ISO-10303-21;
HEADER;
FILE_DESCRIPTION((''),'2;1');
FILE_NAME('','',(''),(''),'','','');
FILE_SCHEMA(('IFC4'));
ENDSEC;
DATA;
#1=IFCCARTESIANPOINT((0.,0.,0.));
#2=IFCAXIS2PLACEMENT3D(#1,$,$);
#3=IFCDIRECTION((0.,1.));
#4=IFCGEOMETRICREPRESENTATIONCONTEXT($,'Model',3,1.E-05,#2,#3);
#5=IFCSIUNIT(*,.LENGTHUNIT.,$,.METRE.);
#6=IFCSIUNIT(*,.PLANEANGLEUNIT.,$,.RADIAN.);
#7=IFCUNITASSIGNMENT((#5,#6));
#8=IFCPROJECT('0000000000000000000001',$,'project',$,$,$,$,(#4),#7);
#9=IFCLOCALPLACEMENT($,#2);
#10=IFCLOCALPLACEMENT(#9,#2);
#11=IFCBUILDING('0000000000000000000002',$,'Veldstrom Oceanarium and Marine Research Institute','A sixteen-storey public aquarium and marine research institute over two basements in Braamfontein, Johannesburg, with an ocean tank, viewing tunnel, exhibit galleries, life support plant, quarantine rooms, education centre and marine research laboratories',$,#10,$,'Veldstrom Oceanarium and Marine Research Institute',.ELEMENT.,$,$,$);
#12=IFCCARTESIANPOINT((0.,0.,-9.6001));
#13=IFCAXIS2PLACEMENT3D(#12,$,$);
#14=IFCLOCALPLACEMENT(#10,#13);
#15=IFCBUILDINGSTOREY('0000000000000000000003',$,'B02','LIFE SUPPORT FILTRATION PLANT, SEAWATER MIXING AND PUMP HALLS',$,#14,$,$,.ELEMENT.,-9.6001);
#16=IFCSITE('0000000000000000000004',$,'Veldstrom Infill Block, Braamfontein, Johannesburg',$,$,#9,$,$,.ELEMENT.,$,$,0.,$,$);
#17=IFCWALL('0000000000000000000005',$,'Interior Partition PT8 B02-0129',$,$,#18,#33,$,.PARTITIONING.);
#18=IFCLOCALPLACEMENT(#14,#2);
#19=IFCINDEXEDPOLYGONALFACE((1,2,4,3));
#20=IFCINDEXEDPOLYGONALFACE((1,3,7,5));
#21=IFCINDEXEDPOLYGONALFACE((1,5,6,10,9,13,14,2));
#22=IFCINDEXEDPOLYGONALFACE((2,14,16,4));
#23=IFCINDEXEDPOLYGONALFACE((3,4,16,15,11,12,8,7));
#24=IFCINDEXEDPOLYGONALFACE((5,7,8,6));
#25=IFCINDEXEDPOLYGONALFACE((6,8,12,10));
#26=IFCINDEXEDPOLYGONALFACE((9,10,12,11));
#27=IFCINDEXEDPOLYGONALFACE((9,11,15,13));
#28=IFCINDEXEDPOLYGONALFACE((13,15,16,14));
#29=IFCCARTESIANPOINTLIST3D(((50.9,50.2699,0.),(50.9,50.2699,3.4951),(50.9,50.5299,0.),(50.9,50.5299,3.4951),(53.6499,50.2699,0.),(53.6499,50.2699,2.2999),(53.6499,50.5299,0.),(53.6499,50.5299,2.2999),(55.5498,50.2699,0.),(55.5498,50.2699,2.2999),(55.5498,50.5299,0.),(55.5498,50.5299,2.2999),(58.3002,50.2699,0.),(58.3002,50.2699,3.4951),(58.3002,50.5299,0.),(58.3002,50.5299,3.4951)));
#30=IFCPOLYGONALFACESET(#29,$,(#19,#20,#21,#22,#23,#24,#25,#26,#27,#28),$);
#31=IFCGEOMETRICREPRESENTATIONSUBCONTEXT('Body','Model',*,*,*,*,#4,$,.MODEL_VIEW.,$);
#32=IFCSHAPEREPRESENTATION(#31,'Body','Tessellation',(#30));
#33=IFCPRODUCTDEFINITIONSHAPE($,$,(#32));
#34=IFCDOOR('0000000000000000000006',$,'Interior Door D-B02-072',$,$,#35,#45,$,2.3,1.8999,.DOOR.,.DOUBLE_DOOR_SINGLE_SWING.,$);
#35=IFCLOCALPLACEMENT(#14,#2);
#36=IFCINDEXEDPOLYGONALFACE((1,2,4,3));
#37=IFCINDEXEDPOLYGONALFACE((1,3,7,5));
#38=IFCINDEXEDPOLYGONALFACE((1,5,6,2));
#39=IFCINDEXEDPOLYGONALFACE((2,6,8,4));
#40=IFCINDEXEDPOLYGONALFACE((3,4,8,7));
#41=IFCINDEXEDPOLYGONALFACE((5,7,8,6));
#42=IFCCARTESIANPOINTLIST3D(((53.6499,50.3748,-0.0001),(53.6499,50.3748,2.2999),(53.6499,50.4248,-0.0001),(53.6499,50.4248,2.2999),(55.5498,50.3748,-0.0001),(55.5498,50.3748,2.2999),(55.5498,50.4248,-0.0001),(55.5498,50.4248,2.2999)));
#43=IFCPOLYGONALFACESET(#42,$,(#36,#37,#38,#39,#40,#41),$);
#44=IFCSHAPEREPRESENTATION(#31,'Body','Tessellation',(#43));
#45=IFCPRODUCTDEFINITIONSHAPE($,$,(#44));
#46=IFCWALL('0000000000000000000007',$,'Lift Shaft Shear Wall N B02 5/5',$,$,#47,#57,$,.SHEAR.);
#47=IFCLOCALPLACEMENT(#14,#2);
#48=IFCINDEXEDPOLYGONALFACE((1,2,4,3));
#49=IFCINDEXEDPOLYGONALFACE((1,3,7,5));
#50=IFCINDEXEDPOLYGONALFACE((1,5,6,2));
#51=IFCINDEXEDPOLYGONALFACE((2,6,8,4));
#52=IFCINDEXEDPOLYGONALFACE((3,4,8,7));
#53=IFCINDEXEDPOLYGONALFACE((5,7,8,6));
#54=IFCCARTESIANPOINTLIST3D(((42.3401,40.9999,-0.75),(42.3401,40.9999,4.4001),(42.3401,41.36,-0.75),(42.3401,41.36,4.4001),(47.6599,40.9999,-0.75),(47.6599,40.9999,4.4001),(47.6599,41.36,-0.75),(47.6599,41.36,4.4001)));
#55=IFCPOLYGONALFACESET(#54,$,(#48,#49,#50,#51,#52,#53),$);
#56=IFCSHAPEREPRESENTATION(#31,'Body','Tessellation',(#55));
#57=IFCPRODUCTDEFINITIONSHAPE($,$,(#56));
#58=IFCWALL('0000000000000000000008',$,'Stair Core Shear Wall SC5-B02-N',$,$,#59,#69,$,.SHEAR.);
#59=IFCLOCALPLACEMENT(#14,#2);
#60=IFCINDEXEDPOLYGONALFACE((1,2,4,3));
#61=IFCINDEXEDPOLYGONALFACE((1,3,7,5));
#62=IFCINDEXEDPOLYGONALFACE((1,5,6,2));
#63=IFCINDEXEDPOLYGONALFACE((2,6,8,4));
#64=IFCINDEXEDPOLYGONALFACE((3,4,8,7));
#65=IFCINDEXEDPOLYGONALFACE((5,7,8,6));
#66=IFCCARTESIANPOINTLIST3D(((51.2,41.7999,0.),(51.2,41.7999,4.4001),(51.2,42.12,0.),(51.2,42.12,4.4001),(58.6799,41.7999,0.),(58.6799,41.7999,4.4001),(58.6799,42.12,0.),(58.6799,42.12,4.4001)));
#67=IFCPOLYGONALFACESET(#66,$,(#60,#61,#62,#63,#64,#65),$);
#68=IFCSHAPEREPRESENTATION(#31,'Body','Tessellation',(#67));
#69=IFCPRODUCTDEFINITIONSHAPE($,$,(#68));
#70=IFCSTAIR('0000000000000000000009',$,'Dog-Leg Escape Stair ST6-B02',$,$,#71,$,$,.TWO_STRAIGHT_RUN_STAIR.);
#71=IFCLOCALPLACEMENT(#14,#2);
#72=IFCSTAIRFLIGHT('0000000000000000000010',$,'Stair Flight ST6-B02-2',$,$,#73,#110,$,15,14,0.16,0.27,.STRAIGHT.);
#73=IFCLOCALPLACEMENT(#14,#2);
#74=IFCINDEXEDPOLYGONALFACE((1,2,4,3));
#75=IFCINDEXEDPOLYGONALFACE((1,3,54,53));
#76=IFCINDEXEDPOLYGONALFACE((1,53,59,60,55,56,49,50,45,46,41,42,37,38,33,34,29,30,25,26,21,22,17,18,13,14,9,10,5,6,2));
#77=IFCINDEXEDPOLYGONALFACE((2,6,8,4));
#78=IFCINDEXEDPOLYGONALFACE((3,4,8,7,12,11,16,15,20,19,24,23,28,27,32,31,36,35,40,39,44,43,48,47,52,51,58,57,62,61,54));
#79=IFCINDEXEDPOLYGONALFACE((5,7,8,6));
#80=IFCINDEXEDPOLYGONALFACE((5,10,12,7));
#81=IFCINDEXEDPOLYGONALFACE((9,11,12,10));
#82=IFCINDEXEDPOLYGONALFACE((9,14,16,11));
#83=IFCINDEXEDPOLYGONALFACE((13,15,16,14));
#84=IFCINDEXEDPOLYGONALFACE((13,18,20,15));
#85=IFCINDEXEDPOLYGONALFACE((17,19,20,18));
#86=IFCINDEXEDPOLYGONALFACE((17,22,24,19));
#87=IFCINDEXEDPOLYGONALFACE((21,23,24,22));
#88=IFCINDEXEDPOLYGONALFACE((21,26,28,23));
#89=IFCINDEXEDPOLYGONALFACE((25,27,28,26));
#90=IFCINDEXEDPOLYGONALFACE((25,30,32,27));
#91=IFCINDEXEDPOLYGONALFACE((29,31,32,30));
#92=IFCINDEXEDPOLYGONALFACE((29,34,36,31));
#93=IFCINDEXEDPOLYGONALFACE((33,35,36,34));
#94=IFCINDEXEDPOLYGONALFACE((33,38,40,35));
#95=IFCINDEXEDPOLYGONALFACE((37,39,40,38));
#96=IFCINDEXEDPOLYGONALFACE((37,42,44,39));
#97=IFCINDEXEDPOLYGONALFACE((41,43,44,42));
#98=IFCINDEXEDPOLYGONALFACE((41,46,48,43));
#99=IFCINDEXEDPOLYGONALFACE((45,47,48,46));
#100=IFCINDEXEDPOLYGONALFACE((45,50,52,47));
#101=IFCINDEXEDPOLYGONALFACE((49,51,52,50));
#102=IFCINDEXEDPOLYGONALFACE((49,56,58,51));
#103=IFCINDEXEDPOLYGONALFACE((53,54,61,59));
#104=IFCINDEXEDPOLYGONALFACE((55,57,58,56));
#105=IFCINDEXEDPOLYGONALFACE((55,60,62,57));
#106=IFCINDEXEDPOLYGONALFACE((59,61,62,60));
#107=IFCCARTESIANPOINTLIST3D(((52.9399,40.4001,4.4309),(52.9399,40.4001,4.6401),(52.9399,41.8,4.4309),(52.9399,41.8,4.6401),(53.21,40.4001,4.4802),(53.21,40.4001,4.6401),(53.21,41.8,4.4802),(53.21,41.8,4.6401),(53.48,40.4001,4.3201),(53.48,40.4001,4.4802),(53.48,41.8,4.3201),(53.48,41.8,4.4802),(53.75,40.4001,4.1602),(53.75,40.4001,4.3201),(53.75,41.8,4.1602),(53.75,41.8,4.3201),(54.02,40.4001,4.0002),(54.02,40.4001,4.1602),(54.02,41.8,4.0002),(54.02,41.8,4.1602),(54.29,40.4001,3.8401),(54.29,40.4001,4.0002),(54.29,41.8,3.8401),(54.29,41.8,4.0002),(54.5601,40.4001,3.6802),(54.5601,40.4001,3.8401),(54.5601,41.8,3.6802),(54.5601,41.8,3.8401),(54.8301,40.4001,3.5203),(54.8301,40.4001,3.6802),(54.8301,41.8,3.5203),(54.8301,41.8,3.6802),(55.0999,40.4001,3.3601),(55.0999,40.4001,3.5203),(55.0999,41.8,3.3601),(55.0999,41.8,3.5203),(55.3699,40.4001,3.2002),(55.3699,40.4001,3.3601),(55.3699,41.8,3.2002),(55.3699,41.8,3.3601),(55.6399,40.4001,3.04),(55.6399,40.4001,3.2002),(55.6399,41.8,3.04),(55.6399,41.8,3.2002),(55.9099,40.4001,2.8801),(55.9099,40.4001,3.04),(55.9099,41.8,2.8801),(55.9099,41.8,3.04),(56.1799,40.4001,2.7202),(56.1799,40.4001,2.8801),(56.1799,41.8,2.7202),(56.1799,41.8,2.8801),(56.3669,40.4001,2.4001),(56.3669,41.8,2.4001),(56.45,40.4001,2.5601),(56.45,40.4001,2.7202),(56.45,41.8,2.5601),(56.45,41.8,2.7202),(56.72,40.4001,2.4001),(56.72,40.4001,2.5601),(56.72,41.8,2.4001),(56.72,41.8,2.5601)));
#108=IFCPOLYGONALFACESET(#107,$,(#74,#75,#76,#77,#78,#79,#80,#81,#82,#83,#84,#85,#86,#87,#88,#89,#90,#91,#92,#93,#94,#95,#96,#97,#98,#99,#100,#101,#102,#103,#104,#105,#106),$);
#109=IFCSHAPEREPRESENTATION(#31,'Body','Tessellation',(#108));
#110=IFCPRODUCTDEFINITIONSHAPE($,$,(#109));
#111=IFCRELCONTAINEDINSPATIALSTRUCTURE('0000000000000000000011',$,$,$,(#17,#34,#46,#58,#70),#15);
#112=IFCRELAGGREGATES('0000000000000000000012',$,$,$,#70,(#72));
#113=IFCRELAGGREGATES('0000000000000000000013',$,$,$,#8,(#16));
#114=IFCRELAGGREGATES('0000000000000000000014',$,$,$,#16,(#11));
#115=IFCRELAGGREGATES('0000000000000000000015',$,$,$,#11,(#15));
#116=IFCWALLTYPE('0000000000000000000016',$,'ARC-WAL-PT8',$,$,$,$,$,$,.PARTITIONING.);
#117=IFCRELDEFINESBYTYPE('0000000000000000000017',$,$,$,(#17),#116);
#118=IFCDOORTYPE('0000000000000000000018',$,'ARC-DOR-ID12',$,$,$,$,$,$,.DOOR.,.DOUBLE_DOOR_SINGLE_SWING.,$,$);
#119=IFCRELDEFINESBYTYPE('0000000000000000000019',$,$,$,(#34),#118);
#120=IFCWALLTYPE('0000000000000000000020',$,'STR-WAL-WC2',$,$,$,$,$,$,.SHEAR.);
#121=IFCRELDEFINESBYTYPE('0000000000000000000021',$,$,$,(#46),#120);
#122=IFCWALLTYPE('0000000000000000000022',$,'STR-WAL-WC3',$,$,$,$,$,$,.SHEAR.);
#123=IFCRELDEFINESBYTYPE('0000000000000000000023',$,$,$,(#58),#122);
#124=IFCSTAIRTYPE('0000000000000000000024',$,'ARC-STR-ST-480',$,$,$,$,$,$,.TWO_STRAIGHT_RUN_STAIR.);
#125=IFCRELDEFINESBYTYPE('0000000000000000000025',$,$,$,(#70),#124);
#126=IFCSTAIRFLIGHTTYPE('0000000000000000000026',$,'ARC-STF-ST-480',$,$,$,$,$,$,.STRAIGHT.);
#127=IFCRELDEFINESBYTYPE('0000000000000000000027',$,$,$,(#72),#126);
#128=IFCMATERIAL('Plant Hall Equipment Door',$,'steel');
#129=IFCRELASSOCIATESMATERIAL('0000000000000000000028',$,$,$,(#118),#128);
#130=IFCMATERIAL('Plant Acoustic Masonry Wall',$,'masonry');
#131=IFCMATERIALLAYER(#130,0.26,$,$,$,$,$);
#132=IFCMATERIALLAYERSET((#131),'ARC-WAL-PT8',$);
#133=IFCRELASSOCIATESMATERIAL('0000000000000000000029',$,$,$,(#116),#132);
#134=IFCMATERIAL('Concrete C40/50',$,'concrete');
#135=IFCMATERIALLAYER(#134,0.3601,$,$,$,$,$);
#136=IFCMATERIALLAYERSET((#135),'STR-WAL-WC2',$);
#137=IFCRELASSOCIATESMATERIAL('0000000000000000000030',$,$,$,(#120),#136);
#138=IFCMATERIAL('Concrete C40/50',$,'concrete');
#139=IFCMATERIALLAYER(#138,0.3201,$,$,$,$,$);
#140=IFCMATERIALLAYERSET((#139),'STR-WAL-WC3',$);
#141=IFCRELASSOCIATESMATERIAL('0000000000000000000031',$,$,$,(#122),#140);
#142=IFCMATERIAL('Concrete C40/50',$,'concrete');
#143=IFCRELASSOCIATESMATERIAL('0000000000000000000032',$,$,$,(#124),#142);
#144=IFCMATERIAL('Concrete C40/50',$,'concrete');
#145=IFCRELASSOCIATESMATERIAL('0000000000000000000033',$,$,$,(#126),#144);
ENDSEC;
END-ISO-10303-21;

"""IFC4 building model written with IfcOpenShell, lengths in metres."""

from ifc_helpers import new_model, si_unit, direction, frame, frame_2d, origin, place, context, subcontext, project, spatial, polyline, rectangle, outline, extrude, material, layer, layer_set, type_object, element, fill, aggregate, save


model = new_model("IFC4")

# Units and contexts
model_context = context("Model", 3, precision=1e-05, world=origin(), true_north=direction((0.0, 1.0)))
body_context = subcontext(model_context, "Body", "Model", "MODEL_VIEW")
ifc_project = project(units=[si_unit("LENGTHUNIT", "METRE"), si_unit("PLANEANGLEUNIT", "RADIAN")], contexts=[model_context])

# Site, building, storey
site_placement = place(None, origin())
site = spatial("IfcSite", under=ifc_project, at=site_placement, Name="Veldstrom Infill Block, Braamfontein, Johannesburg", CompositionType="ELEMENT", RefElevation=0.0)
building_placement = place(site_placement, origin())
building = spatial("IfcBuilding", under=site, at=building_placement, Name="Veldstrom Oceanarium and Marine Research Institute", Description="A sixteen-storey public aquarium and marine research institute over two basements in Braamfontein, Johannesburg, with an ocean tank, viewing tunnel, exhibit galleries, life support plant, quarantine rooms, education centre and marine research laboratories", LongName="Veldstrom Oceanarium and Marine Research Institute", CompositionType="ELEMENT")
storey_placement = place(building_placement, frame((0.0, 0.0, -9.6001)))
storey = spatial("IfcBuildingStorey", under=building, at=storey_placement, Name="B02", Description="LIFE SUPPORT FILTRATION PLANT, SEAWATER MIXING AND PUMP HALLS", CompositionType="ELEMENT", Elevation=-9.6001)

# Shared definitions
ifc_material_1 = material(Name="Plant Hall Equipment Door", Category="steel")
door_type_1 = type_object("IfcDoorType", Name="ARC-DOR-ID12", OperationType="DOUBLE_DOOR_SINGLE_SWING", PredefinedType="DOOR", material=ifc_material_1)

# Wall, opening, door
ifc_material_2 = material(Name="Plant Acoustic Masonry Wall", Category="masonry")
ifc_layer_1 = layer(ifc_material_2, 0.26)
ifc_layer_set_1 = layer_set([ifc_layer_1], Name="ARC-WAL-PT8")
wall_type_1 = type_object("IfcWallType", Name="ARC-WAL-PT8", PredefinedType="PARTITIONING", material=ifc_layer_set_1)
wall_1_placement = place(storey_placement, frame((50.8999, 50.3999, 0.0), z_axis=(0.0, 0.0, 1.0), x_axis=(1.0, 0.0, 0.0)))
wall_1 = element("IfcWall", 1, at=wall_1_placement, inside=storey, type_object=wall_type_1, Name="Interior Partition PT8 B02-0129", PredefinedType="PARTITIONING", context=body_context, shape_type="SweptSolid", body=[
    extrude(rectangle(XDim=7.4001, YDim=0.26, at=frame_2d((3.7002, 0.0))), origin(), (0.0, 0.0, 1.0), 3.4951),
])
opening_1_placement = place(wall_1_placement, frame((2.75, 0.0, 0.0)))
opening_1 = element("IfcOpeningElement", 2, at=opening_1_placement, cuts=wall_1, PredefinedType="OPENING", context=body_context, shape_type="SweptSolid", body=[
    extrude(rectangle(XDim=1.8999, YDim=2.3, at=frame_2d((0.95, 1.1499))), frame((0.0, 0.1399, 0.0), z_axis=(0.0, -1.0, 0.0), x_axis=(1.0, 0.0, 0.0)), (0.0, 0.0, 1.0), 0.28),
])
door_1_placement = place(opening_1_placement, origin())
door_1 = element("IfcDoor", 3, at=door_1_placement, inside=storey, type_object=door_type_1, Name="Interior Door D-B02-072", OperationType="DOUBLE_DOOR_SINGLE_SWING", OverallHeight=2.3, OverallWidth=1.8999, PredefinedType="DOOR", context=body_context, shape_type="SweptSolid", body=[
    extrude(rectangle(XDim=1.8999, YDim=2.3, at=frame_2d((0.95, 1.1499))), frame((0.0, 0.0249, 0.0), z_axis=(0.0, -1.0, 0.0), x_axis=(1.0, 0.0, 0.0)), (0.0, 0.0, 1.0), 0.05),
])
fill(opening_1, door_1)

# Walls
ifc_material_3 = material(Name="Concrete C40/50", Category="concrete")
ifc_layer_2 = layer(ifc_material_3, 0.3601)
ifc_layer_set_2 = layer_set([ifc_layer_2], Name="STR-WAL-WC2")
wall_type_2 = type_object("IfcWallType", Name="STR-WAL-WC2", PredefinedType="SHEAR", material=ifc_layer_set_2)
wall_2_placement = place(storey_placement, frame((42.3401, 41.1799, -0.75), z_axis=(0.0, 0.0, 1.0), x_axis=(1.0, 0.0, 0.0)))
element("IfcWall", 4, at=wall_2_placement, inside=storey, type_object=wall_type_2, Name="Lift Shaft Shear Wall N B02 5/5", PredefinedType="SHEAR", context=body_context, shape_type="SweptSolid", body=[
    extrude(rectangle(XDim=5.3198, YDim=0.3601, at=frame_2d((2.6599, 0.0))), origin(), (0.0, 0.0, 1.0), 5.1501),
])
ifc_material_4 = material(Name="Concrete C40/50", Category="concrete")
ifc_layer_3 = layer(ifc_material_4, 0.3201)
ifc_layer_set_3 = layer_set([ifc_layer_3], Name="STR-WAL-WC3")
wall_type_3 = type_object("IfcWallType", Name="STR-WAL-WC3", PredefinedType="SHEAR", material=ifc_layer_set_3)
wall_3_placement = place(storey_placement, frame((51.2, 41.96, 0.0), z_axis=(0.0, 0.0, 1.0), x_axis=(1.0, 0.0, 0.0)))
element("IfcWall", 5, at=wall_3_placement, inside=storey, type_object=wall_type_3, Name="Stair Core Shear Wall SC5-B02-N", PredefinedType="SHEAR", context=body_context, shape_type="SweptSolid", body=[
    extrude(rectangle(XDim=7.48, YDim=0.3201, at=frame_2d((3.74, 0.0))), origin(), (0.0, 0.0, 1.0), 4.4001),
])

# Stair, stair flight
ifc_material_5 = material(Name="Concrete C40/50", Category="concrete")
stair_type = type_object("IfcStairType", Name="ARC-STR-ST-480", PredefinedType="TWO_STRAIGHT_RUN_STAIR", material=ifc_material_5)
stair_placement = place(storey_placement, origin())
stair = element("IfcStair", 6, at=stair_placement, inside=storey, type_object=stair_type, Name="Dog-Leg Escape Stair ST6-B02", PredefinedType="TWO_STRAIGHT_RUN_STAIR")
ifc_material_6 = material(Name="Concrete C40/50", Category="concrete")
stair_flight_type = type_object("IfcStairFlightType", Name="ARC-STF-ST-480", PredefinedType="STRAIGHT", material=ifc_material_6)
stair_flight_placement = place(storey_placement, frame((56.72, 41.1001, 2.4001), z_axis=(0.0, 0.0, 1.0), x_axis=(-1.0, 0.0, 0.0)))
stair_flight = element("IfcStairFlight", 7, at=stair_flight_placement, type_object=stair_flight_type, Name="Stair Flight ST6-B02-2", NumberOfRisers=15, NumberOfTreads=14, PredefinedType="STRAIGHT", RiserHeight=0.16, TreadLength=0.27, context=body_context, shape_type="SweptSolid", body=[
    extrude(outline(polyline([(0.0, 0.0), (0.0, 0.1599), (0.27, 0.1599), (0.27, 0.3201), (0.54, 0.3201), (0.54, 0.48), (0.8101, 0.48), (0.8101, 0.6399), (1.0801, 0.6399), (1.0801, 0.8), (1.3501, 0.8), (1.3501, 0.96), (1.6201, 0.96), (1.6201, 1.1201), (1.8899, 1.1201), (1.8899, 1.28), (2.1599, 1.28), (2.1599, 1.4399), (2.4299, 1.4399), (2.4299, 1.6001), (2.7, 1.6001), (2.7, 1.76), (2.97, 1.76), (2.97, 1.9199), (3.24, 1.9199), (3.24, 2.0801), (3.51, 2.0801), (3.51, 2.24), (3.78, 2.24), (3.78, 2.3999), (3.78, 2.0308), (0.353, 0.0), (0.0, 0.0)])), frame((0.0, 0.7, 0.0), z_axis=(0.0, -1.0, 0.0), x_axis=(1.0, 0.0, 0.0)), (0.0, 0.0, 1.0), 1.3999),
])
aggregate(stair, [stair_flight])

save(model, "model.ifc")
